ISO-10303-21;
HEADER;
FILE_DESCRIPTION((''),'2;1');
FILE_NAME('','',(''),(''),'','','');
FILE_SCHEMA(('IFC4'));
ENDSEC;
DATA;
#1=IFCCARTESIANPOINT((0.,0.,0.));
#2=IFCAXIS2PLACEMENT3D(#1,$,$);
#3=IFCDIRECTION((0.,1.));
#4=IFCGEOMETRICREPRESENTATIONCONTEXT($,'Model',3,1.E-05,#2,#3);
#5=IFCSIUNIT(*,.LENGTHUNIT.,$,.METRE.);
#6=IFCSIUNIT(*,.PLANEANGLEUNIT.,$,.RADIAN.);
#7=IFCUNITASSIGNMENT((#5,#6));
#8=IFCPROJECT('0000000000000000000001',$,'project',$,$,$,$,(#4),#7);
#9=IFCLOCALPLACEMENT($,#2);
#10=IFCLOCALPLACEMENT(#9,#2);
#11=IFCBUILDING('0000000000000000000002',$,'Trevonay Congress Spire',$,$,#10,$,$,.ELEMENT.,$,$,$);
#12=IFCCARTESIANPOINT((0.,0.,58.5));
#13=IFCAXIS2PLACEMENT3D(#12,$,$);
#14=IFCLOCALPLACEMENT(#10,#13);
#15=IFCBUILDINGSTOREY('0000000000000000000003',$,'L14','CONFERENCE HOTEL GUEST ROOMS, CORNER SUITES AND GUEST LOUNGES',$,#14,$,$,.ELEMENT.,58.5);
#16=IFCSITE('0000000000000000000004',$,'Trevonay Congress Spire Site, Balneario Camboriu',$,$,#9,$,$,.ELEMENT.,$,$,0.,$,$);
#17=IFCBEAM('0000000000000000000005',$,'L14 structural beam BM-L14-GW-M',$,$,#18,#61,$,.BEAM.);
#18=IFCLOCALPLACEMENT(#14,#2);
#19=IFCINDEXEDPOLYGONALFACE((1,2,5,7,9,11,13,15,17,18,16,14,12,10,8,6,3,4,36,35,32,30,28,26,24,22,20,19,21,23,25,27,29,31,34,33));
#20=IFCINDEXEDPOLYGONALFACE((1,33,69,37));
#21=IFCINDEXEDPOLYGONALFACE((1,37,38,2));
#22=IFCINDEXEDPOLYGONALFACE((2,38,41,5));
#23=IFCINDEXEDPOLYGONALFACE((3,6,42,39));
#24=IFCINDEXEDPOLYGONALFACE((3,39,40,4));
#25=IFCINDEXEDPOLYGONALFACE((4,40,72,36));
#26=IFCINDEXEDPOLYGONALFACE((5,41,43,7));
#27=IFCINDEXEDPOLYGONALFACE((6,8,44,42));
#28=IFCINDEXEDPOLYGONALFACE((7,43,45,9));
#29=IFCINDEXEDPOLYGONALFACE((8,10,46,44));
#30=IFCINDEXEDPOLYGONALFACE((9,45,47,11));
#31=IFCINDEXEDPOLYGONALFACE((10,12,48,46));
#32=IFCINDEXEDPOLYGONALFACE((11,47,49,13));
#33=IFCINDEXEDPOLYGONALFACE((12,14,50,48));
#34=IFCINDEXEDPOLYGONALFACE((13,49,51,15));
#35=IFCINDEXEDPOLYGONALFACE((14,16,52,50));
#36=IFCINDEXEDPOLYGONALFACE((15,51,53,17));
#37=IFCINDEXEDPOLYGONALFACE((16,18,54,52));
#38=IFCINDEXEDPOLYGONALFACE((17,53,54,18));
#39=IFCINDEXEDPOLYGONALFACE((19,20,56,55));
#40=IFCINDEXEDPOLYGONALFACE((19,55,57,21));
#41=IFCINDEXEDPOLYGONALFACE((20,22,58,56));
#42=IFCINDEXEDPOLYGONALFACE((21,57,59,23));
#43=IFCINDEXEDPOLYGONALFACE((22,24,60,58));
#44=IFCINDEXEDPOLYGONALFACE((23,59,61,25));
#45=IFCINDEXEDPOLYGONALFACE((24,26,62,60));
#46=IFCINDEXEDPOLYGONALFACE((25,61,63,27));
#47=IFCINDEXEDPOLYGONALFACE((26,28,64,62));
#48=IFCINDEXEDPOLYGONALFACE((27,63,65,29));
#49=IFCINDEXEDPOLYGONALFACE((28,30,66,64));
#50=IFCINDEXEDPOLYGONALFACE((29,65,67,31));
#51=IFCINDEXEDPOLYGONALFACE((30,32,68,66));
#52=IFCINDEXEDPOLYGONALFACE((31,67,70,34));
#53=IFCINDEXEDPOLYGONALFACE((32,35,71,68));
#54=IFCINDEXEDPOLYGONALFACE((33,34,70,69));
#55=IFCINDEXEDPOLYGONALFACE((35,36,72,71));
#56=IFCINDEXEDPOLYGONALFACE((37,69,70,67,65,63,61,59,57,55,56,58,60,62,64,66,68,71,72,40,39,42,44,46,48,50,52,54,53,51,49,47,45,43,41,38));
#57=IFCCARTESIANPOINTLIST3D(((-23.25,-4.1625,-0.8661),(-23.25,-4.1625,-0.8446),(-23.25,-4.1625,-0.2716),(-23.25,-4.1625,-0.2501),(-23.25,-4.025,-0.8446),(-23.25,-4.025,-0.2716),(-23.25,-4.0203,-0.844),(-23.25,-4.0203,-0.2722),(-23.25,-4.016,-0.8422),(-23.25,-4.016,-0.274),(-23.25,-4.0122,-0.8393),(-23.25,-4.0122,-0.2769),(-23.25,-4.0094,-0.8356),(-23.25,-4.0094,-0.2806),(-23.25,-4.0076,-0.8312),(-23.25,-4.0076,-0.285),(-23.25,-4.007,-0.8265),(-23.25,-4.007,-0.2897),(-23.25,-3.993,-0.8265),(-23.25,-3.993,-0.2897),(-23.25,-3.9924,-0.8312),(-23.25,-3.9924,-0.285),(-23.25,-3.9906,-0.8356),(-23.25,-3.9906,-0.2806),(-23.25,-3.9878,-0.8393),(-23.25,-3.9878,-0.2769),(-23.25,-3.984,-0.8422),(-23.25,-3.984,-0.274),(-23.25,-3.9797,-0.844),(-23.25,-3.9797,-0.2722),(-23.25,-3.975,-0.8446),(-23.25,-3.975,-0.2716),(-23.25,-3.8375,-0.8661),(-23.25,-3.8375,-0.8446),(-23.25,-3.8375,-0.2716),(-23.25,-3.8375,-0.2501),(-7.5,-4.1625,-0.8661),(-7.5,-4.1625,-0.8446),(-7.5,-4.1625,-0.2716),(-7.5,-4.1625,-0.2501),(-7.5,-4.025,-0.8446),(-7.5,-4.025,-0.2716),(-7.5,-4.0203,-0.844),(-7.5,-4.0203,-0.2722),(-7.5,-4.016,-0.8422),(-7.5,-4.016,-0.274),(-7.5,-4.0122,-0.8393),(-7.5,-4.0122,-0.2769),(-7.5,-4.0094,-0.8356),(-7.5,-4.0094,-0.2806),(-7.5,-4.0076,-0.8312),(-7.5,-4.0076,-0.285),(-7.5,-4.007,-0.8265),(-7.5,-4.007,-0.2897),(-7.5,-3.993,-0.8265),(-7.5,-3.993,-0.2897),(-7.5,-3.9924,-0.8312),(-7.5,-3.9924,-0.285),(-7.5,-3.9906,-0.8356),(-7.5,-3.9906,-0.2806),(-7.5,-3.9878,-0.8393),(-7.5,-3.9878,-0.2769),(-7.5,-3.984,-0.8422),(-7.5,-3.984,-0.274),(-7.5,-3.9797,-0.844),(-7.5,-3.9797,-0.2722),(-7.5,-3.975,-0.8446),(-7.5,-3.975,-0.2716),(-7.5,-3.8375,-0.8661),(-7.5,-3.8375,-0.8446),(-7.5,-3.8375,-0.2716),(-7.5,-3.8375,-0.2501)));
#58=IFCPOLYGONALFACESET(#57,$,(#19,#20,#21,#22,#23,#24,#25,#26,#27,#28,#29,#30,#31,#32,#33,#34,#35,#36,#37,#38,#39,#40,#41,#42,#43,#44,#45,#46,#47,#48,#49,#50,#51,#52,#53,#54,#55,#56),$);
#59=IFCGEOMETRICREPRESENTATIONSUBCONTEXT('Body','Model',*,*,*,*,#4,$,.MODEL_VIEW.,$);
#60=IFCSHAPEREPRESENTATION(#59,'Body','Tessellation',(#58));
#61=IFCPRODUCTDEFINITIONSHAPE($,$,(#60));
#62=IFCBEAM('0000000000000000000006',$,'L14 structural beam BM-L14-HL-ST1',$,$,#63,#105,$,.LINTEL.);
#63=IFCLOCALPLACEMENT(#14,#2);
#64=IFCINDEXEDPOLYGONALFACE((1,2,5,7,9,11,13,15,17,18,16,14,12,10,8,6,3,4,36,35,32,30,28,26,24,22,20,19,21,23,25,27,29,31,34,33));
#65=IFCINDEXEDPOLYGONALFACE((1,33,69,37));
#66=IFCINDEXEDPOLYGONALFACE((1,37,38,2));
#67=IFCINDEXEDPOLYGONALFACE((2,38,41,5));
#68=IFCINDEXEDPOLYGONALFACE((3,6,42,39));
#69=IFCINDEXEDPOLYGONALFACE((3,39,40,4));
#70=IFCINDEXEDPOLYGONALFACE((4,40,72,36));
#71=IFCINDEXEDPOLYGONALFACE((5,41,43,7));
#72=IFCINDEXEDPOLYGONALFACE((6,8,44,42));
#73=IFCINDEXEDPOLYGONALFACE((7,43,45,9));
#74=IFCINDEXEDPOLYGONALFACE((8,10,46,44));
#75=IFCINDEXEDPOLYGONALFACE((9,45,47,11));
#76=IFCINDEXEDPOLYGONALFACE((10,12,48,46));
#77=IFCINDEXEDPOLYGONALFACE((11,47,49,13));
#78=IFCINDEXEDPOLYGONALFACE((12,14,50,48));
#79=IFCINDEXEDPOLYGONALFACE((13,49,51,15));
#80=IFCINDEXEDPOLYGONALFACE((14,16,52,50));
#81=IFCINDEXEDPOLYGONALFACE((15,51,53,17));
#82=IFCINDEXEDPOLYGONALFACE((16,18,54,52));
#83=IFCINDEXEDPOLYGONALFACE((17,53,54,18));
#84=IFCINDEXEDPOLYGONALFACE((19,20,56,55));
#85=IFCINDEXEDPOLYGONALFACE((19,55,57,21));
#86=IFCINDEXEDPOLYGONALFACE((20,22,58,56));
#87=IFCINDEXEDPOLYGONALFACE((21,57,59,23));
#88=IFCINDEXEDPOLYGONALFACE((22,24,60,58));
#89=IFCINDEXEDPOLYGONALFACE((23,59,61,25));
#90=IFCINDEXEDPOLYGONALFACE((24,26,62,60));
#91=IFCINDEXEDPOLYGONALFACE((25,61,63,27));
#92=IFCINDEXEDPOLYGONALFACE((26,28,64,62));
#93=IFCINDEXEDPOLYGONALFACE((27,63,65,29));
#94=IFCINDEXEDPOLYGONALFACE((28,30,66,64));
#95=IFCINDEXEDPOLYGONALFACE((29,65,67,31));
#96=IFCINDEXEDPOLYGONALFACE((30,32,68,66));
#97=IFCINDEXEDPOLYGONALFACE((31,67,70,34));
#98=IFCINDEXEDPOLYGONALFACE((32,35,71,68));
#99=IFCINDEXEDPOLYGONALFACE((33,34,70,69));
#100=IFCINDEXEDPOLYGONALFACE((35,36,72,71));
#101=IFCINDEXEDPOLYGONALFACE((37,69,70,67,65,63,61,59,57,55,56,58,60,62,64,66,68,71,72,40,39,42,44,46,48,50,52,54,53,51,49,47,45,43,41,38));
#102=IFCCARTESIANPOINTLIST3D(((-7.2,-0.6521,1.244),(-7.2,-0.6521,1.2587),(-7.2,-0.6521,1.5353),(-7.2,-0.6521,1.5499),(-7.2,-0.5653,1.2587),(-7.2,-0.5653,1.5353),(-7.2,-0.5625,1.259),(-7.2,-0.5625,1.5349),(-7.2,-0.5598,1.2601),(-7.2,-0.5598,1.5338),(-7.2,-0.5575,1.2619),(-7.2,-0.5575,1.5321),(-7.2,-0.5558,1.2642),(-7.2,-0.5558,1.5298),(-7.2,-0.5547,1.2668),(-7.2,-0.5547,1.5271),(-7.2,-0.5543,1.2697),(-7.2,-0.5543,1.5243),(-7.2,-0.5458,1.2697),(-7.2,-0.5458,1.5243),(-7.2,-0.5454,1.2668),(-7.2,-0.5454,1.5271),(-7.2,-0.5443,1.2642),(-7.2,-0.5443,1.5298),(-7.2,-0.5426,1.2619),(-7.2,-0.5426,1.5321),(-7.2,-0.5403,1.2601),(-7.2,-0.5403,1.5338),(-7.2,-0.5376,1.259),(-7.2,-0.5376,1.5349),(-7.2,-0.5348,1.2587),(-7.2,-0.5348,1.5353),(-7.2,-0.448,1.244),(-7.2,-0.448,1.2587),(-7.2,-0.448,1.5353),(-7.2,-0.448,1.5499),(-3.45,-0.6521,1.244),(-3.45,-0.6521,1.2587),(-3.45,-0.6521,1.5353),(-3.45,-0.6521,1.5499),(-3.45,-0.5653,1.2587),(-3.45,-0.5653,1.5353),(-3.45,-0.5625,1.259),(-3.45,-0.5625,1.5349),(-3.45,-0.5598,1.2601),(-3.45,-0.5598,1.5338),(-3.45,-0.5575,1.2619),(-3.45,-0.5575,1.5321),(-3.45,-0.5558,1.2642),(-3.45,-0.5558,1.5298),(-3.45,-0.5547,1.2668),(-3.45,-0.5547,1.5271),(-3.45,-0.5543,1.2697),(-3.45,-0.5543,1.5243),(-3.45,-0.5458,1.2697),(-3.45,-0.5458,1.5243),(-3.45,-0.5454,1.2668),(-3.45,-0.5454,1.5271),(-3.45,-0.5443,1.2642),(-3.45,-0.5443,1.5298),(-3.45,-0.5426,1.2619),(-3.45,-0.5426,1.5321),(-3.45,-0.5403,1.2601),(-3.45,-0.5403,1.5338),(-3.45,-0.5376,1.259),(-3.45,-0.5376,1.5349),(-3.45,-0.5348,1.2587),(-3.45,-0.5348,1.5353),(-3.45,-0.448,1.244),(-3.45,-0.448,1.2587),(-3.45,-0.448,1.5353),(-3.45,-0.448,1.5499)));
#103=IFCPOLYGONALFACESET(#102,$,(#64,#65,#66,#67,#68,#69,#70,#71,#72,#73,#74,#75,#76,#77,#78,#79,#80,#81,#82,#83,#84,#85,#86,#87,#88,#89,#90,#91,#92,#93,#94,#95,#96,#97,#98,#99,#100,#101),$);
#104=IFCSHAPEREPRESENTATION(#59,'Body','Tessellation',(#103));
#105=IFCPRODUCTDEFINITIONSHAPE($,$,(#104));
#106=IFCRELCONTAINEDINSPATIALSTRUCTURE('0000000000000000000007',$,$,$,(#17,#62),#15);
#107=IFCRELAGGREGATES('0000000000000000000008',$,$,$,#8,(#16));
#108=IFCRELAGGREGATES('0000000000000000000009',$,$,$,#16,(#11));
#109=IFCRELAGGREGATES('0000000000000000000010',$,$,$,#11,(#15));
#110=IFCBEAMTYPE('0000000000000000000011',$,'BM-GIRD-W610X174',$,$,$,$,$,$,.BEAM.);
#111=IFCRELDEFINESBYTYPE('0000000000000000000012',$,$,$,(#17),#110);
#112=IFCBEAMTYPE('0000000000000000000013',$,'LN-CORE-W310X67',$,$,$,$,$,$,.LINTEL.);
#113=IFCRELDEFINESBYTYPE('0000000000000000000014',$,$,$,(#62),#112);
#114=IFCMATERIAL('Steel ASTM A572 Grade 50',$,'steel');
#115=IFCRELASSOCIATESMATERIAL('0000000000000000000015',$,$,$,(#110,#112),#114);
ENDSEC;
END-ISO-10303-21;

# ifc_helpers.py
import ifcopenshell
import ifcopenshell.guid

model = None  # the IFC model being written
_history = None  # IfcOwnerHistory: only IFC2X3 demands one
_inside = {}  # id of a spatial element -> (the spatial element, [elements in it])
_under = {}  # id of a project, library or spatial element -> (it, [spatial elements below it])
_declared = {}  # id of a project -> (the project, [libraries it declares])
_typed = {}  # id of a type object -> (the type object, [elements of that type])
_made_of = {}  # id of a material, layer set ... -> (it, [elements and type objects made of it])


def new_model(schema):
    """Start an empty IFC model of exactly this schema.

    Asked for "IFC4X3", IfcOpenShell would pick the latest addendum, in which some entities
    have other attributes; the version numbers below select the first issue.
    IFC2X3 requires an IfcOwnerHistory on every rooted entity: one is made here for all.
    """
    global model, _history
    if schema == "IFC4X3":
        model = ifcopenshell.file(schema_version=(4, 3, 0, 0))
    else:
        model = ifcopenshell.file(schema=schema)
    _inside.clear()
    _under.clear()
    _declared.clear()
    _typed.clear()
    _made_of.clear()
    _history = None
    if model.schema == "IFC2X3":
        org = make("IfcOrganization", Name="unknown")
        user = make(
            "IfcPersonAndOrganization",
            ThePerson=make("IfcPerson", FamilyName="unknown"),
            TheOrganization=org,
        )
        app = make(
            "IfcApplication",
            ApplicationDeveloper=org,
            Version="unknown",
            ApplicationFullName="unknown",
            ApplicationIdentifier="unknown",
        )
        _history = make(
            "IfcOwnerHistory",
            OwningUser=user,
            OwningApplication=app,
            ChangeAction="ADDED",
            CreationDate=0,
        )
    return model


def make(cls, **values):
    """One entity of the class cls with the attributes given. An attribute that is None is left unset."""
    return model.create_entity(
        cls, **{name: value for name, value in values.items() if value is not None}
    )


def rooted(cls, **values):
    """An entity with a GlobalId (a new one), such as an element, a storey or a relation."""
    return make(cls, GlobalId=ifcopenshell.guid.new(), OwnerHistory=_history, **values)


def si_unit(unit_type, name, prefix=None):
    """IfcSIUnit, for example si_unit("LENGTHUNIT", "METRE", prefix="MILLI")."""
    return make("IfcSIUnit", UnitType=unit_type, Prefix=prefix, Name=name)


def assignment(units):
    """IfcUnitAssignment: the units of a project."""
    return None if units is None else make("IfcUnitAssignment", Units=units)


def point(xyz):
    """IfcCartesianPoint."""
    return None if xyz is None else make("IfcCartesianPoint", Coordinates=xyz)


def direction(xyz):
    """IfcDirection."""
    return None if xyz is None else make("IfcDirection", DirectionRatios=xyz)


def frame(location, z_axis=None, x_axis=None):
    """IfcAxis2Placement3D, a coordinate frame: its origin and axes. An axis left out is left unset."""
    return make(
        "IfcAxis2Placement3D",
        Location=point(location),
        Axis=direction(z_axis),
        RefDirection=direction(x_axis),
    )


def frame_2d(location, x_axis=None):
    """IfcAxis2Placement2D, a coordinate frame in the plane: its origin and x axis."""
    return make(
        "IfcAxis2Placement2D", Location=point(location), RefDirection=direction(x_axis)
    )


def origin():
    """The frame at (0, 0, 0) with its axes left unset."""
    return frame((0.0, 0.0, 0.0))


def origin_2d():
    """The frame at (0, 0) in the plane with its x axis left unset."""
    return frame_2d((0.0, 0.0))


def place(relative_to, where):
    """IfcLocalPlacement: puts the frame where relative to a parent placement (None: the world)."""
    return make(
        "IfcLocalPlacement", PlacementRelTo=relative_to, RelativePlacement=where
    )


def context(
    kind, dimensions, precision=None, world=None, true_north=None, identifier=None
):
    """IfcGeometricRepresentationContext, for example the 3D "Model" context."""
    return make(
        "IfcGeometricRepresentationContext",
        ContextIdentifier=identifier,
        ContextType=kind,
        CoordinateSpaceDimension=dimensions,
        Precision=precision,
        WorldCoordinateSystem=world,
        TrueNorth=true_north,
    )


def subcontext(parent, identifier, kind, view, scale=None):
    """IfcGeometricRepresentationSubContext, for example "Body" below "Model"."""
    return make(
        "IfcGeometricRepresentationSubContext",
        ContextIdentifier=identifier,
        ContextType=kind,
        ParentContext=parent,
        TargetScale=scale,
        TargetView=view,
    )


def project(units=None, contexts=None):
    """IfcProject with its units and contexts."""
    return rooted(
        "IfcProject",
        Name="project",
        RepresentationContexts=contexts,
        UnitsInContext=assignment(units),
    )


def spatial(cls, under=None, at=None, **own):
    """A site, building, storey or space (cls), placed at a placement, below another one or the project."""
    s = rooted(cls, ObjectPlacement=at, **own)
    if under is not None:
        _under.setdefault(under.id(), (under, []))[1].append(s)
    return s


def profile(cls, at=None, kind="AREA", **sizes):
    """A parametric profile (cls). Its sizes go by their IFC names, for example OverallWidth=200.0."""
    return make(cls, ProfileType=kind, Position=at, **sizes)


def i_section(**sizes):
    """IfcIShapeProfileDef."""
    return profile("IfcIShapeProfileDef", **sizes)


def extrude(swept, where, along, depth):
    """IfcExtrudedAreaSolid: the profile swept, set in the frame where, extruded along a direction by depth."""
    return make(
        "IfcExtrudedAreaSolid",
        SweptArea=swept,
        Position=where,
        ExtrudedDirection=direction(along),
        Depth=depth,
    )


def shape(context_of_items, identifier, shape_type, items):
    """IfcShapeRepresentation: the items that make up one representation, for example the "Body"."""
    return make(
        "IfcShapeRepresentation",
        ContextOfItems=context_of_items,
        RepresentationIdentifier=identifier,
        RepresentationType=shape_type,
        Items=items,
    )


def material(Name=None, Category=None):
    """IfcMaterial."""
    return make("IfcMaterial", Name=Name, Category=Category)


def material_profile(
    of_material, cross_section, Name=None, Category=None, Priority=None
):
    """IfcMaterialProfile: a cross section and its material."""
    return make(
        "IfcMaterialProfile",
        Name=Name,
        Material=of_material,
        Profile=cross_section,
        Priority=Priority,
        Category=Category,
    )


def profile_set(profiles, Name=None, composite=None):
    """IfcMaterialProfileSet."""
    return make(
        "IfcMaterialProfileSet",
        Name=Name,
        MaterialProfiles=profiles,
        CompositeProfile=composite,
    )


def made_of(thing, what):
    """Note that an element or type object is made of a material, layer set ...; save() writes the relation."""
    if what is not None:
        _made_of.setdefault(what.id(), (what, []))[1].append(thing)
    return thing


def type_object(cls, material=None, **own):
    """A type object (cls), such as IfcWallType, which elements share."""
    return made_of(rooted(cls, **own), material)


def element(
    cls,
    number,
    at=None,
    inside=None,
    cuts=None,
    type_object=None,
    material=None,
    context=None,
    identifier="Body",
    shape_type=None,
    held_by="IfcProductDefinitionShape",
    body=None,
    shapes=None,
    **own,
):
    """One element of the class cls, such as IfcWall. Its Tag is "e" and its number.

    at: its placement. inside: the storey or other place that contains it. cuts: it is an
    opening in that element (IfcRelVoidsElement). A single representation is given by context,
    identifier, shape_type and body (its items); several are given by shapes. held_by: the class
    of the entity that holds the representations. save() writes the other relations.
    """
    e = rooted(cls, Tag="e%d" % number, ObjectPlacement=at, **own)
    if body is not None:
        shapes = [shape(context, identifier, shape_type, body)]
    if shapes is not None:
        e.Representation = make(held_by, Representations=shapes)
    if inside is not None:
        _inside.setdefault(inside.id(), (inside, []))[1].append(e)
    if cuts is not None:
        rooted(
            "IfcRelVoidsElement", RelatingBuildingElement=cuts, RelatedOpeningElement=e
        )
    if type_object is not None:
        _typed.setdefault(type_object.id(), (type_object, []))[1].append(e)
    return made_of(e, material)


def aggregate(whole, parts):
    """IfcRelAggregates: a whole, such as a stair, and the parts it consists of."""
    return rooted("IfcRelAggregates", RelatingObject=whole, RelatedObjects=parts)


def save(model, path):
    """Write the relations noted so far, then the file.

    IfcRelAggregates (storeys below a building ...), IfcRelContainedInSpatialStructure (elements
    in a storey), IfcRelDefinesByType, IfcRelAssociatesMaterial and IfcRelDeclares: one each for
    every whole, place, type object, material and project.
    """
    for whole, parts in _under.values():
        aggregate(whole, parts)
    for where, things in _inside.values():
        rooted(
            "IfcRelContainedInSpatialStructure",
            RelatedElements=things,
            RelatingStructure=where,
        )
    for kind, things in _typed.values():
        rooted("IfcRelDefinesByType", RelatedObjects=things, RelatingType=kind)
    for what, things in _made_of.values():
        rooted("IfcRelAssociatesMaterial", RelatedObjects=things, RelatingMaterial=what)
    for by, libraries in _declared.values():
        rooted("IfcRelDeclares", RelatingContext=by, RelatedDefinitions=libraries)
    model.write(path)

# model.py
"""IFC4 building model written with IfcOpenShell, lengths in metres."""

from ifc_helpers import new_model, si_unit, direction, frame, origin, origin_2d, place, context, subcontext, project, spatial, i_section, extrude, material, material_profile, profile_set, type_object, element, save


model = new_model("IFC4")

# Units and contexts
model_context = context("Model", 3, precision=1e-05, world=origin(), true_north=direction((0.0, 1.0)))
body_context = subcontext(model_context, "Body", "Model", "MODEL_VIEW")
ifc_project = project(units=[si_unit("LENGTHUNIT", "METRE"), si_unit("PLANEANGLEUNIT", "RADIAN")], contexts=[model_context])

# Site, building, storey
site_placement = place(None, origin())
site = spatial("IfcSite", under=ifc_project, at=site_placement, Name="Trevonay Congress Spire Site, Balneario Camboriu", CompositionType="ELEMENT", RefElevation=0.0)
building_placement = place(site_placement, origin())
building = spatial("IfcBuilding", under=site, at=building_placement, Name="Trevonay Congress Spire", CompositionType="ELEMENT")
storey_placement = place(building_placement, frame((0.0, 0.0, 58.5)))
storey = spatial("IfcBuildingStorey", under=building, at=storey_placement, Name="L14", Description="CONFERENCE HOTEL GUEST ROOMS, CORNER SUITES AND GUEST LOUNGES", CompositionType="ELEMENT", Elevation=58.5)

# Beams
ifc_material_1 = material(Name="Steel ASTM A572 Grade 50", Category="steel")
ifc_material_profile_1 = material_profile(ifc_material_1, i_section(OverallWidth=0.325, OverallDepth=0.616, WebThickness=0.0139, FlangeThickness=0.0215, FilletRadius=0.0181, at=origin_2d()), Name="W610x174")
ifc_profile_set_1 = profile_set([ifc_material_profile_1], Name="Steel ASTM A572 Grade 50")
beam_type_1 = type_object("IfcBeamType", Name="BM-GIRD-W610X174", PredefinedType="BEAM", material=ifc_profile_set_1)
beam_1_placement = place(storey_placement, frame((-7.5, -4.0, -0.5581), z_axis=(-1.0, 0.0, 0.0), x_axis=(0.0, -1.0, 0.0)))
element("IfcBeam", 1, at=beam_1_placement, inside=storey, type_object=beam_type_1, Name="L14 structural beam BM-L14-GW-M", PredefinedType="BEAM", context=body_context, shape_type="SweptSolid", body=[
    extrude(i_section(OverallWidth=0.325, OverallDepth=0.616, WebThickness=0.0139, FlangeThickness=0.0215, FilletRadius=0.0181, at=origin_2d()), origin(), (0.0, 0.0, 1.0), 15.75),
])
ifc_material_profile_2 = material_profile(ifc_material_1, i_section(OverallWidth=0.2041, OverallDepth=0.3059, WebThickness=0.0085, FlangeThickness=0.0146, FilletRadius=0.011, at=origin_2d()), Name="W310x67")
ifc_profile_set_2 = profile_set([ifc_material_profile_2], Name="Steel ASTM A572 Grade 50")
beam_type_2 = type_object("IfcBeamType", Name="LN-CORE-W310X67", PredefinedType="LINTEL", material=ifc_profile_set_2)
beam_2_placement = place(storey_placement, frame((-7.2, -0.55, 1.397), z_axis=(1.0, 0.0, 0.0), x_axis=(0.0, 1.0, 0.0)))
element("IfcBeam", 2, at=beam_2_placement, inside=storey, type_object=beam_type_2, Name="L14 structural beam BM-L14-HL-ST1", PredefinedType="LINTEL", context=body_context, shape_type="SweptSolid", body=[
    extrude(i_section(OverallWidth=0.2041, OverallDepth=0.3059, WebThickness=0.0085, FlangeThickness=0.0146, FilletRadius=0.011, at=origin_2d()), origin(), (0.0, 0.0, 1.0), 3.75),
])

save(model, "model.ifc")
